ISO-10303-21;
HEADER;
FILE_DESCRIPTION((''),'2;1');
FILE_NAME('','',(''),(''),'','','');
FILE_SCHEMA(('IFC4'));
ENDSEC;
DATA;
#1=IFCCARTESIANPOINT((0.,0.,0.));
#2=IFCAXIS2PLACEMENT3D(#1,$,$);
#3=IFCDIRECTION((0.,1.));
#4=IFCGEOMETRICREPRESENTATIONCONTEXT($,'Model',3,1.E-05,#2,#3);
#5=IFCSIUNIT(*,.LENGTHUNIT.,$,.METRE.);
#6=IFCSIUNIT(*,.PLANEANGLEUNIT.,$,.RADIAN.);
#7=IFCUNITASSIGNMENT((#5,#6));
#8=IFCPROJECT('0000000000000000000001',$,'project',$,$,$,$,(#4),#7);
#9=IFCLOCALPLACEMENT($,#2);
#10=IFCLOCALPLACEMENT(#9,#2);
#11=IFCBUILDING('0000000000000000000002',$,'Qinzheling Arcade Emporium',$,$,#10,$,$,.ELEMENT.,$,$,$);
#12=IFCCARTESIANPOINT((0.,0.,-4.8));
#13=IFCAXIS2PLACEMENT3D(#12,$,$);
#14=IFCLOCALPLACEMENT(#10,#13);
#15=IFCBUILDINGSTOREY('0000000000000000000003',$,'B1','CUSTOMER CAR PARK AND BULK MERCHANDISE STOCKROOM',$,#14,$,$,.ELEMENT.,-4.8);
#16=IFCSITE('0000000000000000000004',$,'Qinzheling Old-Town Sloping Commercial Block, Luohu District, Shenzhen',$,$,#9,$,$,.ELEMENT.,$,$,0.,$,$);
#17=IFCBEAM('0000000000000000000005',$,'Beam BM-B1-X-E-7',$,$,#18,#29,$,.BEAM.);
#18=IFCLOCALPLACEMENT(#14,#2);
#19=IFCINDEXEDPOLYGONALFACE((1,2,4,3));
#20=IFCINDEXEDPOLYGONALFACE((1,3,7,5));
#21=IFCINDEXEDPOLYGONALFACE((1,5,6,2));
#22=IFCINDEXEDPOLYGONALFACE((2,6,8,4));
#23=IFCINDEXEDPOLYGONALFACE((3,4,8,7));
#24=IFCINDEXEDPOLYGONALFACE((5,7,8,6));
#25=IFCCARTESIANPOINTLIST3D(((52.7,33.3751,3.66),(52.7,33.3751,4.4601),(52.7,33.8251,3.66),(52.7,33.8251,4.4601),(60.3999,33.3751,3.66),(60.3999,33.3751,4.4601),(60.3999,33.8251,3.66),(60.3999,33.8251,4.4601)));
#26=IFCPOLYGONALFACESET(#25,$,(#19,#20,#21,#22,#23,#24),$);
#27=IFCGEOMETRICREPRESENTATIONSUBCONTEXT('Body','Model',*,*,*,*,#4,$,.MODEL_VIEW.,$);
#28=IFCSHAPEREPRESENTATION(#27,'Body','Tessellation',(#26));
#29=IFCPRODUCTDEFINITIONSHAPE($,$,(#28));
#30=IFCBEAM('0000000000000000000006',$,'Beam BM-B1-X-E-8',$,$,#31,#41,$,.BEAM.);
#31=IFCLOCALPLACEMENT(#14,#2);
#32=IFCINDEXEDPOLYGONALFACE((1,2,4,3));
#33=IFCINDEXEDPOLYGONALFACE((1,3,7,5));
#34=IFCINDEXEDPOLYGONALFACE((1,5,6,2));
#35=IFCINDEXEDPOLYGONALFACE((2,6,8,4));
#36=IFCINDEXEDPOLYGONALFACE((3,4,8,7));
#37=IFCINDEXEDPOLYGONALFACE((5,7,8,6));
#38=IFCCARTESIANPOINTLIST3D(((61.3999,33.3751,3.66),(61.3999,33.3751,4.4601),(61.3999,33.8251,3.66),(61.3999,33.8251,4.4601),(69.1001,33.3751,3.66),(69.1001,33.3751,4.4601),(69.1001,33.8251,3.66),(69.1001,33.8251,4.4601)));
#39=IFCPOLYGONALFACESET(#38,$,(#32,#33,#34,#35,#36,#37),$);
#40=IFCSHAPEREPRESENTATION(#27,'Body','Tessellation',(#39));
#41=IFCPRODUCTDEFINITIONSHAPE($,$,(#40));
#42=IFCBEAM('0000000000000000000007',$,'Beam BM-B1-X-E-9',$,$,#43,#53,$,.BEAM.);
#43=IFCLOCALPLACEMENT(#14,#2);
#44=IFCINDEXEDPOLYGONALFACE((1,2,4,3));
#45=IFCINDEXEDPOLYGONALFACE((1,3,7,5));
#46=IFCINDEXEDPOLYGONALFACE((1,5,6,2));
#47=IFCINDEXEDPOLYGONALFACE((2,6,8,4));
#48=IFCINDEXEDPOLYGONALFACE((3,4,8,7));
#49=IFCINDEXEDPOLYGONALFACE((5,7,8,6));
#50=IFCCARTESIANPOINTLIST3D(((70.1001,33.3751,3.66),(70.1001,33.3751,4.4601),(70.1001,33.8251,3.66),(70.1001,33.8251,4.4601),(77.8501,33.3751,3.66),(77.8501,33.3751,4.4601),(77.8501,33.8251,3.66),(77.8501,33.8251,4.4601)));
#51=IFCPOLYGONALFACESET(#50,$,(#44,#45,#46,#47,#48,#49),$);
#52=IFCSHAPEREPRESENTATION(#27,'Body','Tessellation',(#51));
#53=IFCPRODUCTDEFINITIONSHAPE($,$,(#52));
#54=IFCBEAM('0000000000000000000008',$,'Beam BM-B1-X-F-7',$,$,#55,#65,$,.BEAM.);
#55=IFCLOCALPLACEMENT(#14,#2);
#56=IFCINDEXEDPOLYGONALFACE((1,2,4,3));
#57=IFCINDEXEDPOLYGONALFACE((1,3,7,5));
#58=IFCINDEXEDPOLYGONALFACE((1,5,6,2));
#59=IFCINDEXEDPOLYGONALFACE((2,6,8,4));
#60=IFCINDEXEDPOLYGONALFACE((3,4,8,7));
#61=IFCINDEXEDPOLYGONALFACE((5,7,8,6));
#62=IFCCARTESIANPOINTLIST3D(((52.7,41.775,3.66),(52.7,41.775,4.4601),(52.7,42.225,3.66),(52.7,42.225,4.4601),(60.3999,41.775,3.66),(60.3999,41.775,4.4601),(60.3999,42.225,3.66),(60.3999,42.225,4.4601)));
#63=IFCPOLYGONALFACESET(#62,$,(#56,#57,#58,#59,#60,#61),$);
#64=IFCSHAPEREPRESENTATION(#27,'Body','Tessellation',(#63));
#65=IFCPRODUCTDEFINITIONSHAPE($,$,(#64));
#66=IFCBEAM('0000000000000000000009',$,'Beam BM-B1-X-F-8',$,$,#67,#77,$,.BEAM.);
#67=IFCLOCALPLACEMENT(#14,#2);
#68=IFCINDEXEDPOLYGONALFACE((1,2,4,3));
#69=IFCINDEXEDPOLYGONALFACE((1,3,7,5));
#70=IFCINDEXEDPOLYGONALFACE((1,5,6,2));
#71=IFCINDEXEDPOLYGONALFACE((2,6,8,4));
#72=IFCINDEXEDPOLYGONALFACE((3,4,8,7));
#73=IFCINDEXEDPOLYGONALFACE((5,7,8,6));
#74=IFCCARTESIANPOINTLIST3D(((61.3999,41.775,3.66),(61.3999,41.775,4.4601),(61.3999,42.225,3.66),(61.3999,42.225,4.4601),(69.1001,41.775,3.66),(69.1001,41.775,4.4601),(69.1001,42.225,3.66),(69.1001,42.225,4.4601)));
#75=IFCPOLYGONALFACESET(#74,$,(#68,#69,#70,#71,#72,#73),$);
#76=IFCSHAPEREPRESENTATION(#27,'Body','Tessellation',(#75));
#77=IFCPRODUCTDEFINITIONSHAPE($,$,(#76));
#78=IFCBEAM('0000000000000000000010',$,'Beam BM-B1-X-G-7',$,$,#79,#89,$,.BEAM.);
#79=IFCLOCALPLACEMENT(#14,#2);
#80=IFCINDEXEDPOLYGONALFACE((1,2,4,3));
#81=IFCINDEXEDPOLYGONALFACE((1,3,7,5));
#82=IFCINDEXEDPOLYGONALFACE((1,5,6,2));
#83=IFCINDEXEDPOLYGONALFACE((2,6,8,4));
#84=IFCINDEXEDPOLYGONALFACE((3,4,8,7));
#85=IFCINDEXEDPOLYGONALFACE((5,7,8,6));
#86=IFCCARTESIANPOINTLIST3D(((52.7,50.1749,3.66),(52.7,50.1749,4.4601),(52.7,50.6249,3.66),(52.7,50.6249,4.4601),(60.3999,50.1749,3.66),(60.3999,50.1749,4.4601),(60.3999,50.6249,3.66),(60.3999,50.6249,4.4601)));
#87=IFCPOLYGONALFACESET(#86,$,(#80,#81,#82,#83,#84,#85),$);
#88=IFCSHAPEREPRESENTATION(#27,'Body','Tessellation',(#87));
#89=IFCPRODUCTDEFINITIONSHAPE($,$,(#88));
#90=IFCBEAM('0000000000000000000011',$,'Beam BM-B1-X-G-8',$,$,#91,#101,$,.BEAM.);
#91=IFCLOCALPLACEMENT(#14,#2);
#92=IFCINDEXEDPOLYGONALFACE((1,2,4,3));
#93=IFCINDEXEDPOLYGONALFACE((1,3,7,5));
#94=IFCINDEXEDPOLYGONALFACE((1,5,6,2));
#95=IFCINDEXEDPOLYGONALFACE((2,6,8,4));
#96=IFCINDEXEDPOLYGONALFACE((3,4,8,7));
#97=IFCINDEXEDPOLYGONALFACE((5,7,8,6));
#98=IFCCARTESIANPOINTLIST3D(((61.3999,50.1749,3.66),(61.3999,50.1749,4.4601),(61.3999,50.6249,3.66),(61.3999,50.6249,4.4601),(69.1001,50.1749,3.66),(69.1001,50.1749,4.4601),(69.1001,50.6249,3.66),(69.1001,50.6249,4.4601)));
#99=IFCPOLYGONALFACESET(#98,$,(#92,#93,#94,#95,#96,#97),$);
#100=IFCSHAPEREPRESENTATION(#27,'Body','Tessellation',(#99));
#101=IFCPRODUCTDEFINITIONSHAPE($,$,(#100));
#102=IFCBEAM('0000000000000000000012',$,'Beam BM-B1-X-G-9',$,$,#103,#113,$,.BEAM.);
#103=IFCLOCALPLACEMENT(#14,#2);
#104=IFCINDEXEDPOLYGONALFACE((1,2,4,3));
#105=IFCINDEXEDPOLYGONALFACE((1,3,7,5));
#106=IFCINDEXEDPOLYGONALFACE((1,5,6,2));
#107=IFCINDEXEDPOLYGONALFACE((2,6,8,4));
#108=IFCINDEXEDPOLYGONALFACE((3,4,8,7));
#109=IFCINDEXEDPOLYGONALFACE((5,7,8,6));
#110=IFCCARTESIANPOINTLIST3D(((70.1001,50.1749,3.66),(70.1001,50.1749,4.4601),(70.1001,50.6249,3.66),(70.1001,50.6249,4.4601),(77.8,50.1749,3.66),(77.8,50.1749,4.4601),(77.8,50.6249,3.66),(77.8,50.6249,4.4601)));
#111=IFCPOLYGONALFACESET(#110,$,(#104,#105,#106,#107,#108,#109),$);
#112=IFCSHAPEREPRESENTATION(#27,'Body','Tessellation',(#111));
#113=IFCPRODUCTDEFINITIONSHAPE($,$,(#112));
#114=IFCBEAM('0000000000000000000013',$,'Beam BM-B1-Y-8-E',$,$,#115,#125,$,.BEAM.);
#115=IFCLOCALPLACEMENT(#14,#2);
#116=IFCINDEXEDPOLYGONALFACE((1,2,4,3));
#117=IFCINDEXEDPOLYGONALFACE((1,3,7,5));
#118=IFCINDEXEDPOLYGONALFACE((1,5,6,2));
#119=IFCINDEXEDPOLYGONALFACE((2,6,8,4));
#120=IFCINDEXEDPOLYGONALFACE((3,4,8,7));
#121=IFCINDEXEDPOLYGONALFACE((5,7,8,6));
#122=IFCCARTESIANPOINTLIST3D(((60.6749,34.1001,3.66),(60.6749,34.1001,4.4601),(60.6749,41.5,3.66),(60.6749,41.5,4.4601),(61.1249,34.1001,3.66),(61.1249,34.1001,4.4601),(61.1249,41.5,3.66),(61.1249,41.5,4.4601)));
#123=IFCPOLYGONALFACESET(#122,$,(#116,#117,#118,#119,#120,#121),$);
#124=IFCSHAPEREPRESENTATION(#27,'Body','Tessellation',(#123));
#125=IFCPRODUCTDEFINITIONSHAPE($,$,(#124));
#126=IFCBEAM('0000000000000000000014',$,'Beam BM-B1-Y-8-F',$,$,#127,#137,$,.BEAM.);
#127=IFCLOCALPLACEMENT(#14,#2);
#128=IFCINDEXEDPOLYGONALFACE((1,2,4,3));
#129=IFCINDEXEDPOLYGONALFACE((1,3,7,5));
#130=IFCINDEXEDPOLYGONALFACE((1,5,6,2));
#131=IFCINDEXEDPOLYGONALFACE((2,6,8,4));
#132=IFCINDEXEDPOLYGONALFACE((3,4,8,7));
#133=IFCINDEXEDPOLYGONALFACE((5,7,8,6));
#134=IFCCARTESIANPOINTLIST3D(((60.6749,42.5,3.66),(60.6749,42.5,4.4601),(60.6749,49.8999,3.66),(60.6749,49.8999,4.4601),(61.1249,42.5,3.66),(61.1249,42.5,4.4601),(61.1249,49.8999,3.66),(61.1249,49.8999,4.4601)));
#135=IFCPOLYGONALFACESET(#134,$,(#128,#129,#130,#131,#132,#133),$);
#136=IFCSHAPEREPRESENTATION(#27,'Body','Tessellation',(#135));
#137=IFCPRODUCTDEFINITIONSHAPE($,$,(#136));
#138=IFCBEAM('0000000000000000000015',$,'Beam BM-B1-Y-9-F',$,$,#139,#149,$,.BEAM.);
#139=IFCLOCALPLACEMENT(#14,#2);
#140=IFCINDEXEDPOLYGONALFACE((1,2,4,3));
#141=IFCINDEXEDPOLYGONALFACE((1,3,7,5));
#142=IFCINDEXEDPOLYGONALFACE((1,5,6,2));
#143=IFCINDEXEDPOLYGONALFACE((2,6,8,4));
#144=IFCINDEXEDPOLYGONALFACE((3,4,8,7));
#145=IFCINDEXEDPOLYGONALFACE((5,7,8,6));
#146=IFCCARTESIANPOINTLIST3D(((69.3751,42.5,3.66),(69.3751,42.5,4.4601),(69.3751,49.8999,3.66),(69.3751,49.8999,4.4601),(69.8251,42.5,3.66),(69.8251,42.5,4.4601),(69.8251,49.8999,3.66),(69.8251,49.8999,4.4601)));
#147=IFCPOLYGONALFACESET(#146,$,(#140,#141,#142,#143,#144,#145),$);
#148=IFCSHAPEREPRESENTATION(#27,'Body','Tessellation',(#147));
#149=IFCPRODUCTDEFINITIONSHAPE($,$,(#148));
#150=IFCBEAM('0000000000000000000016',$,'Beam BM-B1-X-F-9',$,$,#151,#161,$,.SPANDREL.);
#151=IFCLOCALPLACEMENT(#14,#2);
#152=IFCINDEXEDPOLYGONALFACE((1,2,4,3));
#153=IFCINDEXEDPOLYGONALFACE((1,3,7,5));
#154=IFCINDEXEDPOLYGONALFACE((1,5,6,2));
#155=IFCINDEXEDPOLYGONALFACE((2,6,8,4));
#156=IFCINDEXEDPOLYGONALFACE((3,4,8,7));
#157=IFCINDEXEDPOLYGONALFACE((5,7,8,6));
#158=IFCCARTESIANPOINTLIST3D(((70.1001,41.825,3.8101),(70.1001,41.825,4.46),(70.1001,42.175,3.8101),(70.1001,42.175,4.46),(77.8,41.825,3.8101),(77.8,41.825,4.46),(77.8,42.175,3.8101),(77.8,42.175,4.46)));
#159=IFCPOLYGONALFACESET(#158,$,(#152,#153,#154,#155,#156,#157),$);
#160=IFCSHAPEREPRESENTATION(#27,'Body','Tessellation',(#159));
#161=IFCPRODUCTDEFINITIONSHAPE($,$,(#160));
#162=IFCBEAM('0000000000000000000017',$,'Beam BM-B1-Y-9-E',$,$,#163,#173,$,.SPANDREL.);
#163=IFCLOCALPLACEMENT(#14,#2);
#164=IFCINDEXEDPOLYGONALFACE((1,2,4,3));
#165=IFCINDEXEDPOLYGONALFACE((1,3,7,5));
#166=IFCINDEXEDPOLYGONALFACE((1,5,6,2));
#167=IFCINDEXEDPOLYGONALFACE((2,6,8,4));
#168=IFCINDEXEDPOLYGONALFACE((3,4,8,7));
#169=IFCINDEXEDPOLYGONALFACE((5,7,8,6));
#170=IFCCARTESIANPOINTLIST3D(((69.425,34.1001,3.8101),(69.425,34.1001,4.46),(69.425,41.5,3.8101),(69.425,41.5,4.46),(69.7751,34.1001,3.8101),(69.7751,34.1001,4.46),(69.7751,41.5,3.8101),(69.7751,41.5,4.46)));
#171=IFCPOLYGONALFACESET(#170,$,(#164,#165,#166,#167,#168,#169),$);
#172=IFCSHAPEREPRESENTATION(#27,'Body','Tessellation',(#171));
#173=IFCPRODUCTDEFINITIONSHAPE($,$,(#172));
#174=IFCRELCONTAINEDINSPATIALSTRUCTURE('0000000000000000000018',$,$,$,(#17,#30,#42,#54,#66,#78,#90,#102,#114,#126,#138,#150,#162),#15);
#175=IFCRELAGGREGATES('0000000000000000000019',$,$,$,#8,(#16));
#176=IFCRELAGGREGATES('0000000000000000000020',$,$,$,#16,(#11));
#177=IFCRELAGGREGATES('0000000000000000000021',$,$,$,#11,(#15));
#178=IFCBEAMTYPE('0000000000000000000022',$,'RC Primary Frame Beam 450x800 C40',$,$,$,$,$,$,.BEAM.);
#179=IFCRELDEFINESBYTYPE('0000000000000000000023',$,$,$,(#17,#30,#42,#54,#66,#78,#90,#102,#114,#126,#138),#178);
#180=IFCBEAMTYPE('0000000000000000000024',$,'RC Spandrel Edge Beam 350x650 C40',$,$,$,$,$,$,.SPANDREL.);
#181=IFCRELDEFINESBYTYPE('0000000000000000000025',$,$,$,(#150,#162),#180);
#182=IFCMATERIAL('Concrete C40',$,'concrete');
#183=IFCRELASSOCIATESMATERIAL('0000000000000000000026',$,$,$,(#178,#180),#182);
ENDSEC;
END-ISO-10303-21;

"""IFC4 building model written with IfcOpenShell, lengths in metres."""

from ifc_helpers import new_model, si_unit, direction, frame, origin, origin_2d, place, context, subcontext, project, spatial, rectangle, extrude, material, material_profile, profile_set, type_object, element, save


model = new_model("IFC4")

# Units and contexts
model_context = context("Model", 3, precision=1e-05, world=origin(), true_north=direction((0.0, 1.0)))
body_context = subcontext(model_context, "Body", "Model", "MODEL_VIEW")
ifc_project = project(units=[si_unit("LENGTHUNIT", "METRE"), si_unit("PLANEANGLEUNIT", "RADIAN")], contexts=[model_context])

# Site, building, storey
site_placement = place(None, origin())
site = spatial("IfcSite", under=ifc_project, at=site_placement, Name="Qinzheling Old-Town Sloping Commercial Block, Luohu District, Shenzhen", CompositionType="ELEMENT", RefElevation=0.0)
building_placement = place(site_placement, origin())
building = spatial("IfcBuilding", under=site, at=building_placement, Name="Qinzheling Arcade Emporium", CompositionType="ELEMENT")
storey_placement = place(building_placement, frame((0.0, 0.0, -4.8)))
storey = spatial("IfcBuildingStorey", under=building, at=storey_placement, Name="B1", Description="CUSTOMER CAR PARK AND BULK MERCHANDISE STOCKROOM", CompositionType="ELEMENT", Elevation=-4.8)

# Beams
ifc_material_1 = material(Name="Concrete C40", Category="concrete")
ifc_material_profile_1 = material_profile(ifc_material_1, rectangle(XDim=0.45, YDim=0.8, at=origin_2d()), Name="RC 450x800", Category="concrete")
ifc_profile_set_1 = profile_set([ifc_material_profile_1], Name="Concrete C40")
beam_type_1 = type_object("IfcBeamType", Name="RC Primary Frame Beam 450x800 C40", PredefinedType="BEAM", material=ifc_profile_set_1)
beam_1_placement = place(storey_placement, frame((52.7, 33.6001, 4.0601), z_axis=(1.0, 0.0, 0.0), x_axis=(0.0, 1.0, 0.0)))
element("IfcBeam", 1, at=beam_1_placement, inside=storey, type_object=beam_type_1, Name="Beam BM-B1-X-E-7", PredefinedType="BEAM", context=body_context, shape_type="SweptSolid", body=[
    extrude(rectangle(XDim=0.45, YDim=0.8, at=origin_2d()), origin(), (0.0, 0.0, 1.0), 7.7),
])
beam_2_placement = place(storey_placement, frame((61.3999, 33.6001, 4.0601), z_axis=(1.0, 0.0, 0.0), x_axis=(0.0, 1.0, 0.0)))
element("IfcBeam", 2, at=beam_2_placement, inside=storey, type_object=beam_type_1, Name="Beam BM-B1-X-E-8", PredefinedType="BEAM", context=body_context, shape_type="SweptSolid", body=[
    extrude(rectangle(XDim=0.45, YDim=0.8, at=origin_2d()), origin(), (0.0, 0.0, 1.0), 7.7002),
])
beam_3_placement = place(storey_placement, frame((70.1001, 33.6001, 4.0601), z_axis=(1.0, 0.0, 0.0), x_axis=(0.0, 1.0, 0.0)))
element("IfcBeam", 3, at=beam_3_placement, inside=storey, type_object=beam_type_1, Name="Beam BM-B1-X-E-9", PredefinedType="BEAM", context=body_context, shape_type="SweptSolid", body=[
    extrude(rectangle(XDim=0.45, YDim=0.8, at=origin_2d()), origin(), (0.0, 0.0, 1.0), 7.75),
])
beam_4_placement = place(storey_placement, frame((52.7, 42.0, 4.0601), z_axis=(1.0, 0.0, 0.0), x_axis=(0.0, 1.0, 0.0)))
element("IfcBeam", 4, at=beam_4_placement, inside=storey, type_object=beam_type_1, Name="Beam BM-B1-X-F-7", PredefinedType="BEAM", context=body_context, shape_type="SweptSolid", body=[
    extrude(rectangle(XDim=0.45, YDim=0.8, at=origin_2d()), origin(), (0.0, 0.0, 1.0), 7.7),
])
beam_5_placement = place(storey_placement, frame((61.3999, 42.0, 4.0601), z_axis=(1.0, 0.0, 0.0), x_axis=(0.0, 1.0, 0.0)))
element("IfcBeam", 5, at=beam_5_placement, inside=storey, type_object=beam_type_1, Name="Beam BM-B1-X-F-8", PredefinedType="BEAM", context=body_context, shape_type="SweptSolid", body=[
    extrude(rectangle(XDim=0.45, YDim=0.8, at=origin_2d()), origin(), (0.0, 0.0, 1.0), 7.7002),
])
beam_6_placement = place(storey_placement, frame((52.7, 50.3999, 4.0601), z_axis=(1.0, 0.0, 0.0), x_axis=(0.0, 1.0, 0.0)))
element("IfcBeam", 6, at=beam_6_placement, inside=storey, type_object=beam_type_1, Name="Beam BM-B1-X-G-7", PredefinedType="BEAM", context=body_context, shape_type="SweptSolid", body=[
    extrude(rectangle(XDim=0.45, YDim=0.8, at=origin_2d()), origin(), (0.0, 0.0, 1.0), 7.7),
])
beam_7_placement = place(storey_placement, frame((61.3999, 50.3999, 4.0601), z_axis=(1.0, 0.0, 0.0), x_axis=(0.0, 1.0, 0.0)))
element("IfcBeam", 7, at=beam_7_placement, inside=storey, type_object=beam_type_1, Name="Beam BM-B1-X-G-8", PredefinedType="BEAM", context=body_context, shape_type="SweptSolid", body=[
    extrude(rectangle(XDim=0.45, YDim=0.8, at=origin_2d()), origin(), (0.0, 0.0, 1.0), 7.7002),
])
beam_8_placement = place(storey_placement, frame((70.1001, 50.3999, 4.0601), z_axis=(1.0, 0.0, 0.0), x_axis=(0.0, 1.0, 0.0)))
element("IfcBeam", 8, at=beam_8_placement, inside=storey, type_object=beam_type_1, Name="Beam BM-B1-X-G-9", PredefinedType="BEAM", context=body_context, shape_type="SweptSolid", body=[
    extrude(rectangle(XDim=0.45, YDim=0.8, at=origin_2d()), origin(), (0.0, 0.0, 1.0), 7.7),
])
for number, where, z_axis, x_axis, name in (
    (9, (60.8999, 34.1001, 4.0601), (0.0, 1.0, 0.0), (-1.0, 0.0, 0.0), "Beam BM-B1-Y-8-E"),
    (10, (60.8999, 42.5, 4.0601), (0.0, 1.0, 0.0), (-1.0, 0.0, 0.0), "Beam BM-B1-Y-8-F"),
    (11, (69.6001, 42.5, 4.0601), (0.0, 1.0, 0.0), (-1.0, 0.0, 0.0), "Beam BM-B1-Y-9-F"),
):
    element("IfcBeam", number, at=place(storey_placement, frame(where, z_axis=z_axis, x_axis=x_axis)), inside=storey, type_object=beam_type_1, Name=name, PredefinedType="BEAM", context=body_context, shape_type="SweptSolid", body=[
        extrude(rectangle(XDim=0.45, YDim=0.8, at=origin_2d()), origin(), (0.0, 0.0, 1.0), 7.3999),
    ])
ifc_material_profile_2 = material_profile(ifc_material_1, rectangle(XDim=0.3501, YDim=0.6499, at=origin_2d()), Name="RC 350x650", Category="concrete")
ifc_profile_set_2 = profile_set([ifc_material_profile_2], Name="Concrete C40")
beam_type_2 = type_object("IfcBeamType", Name="RC Spandrel Edge Beam 350x650 C40", PredefinedType="SPANDREL", material=ifc_profile_set_2)
beam_9_placement = place(storey_placement, frame((70.1001, 42.0, 4.135), z_axis=(1.0, 0.0, 0.0), x_axis=(0.0, 1.0, 0.0)))
element("IfcBeam", 12, at=beam_9_placement, inside=storey, type_object=beam_type_2, Name="Beam BM-B1-X-F-9", PredefinedType="SPANDREL", context=body_context, shape_type="SweptSolid", body=[
    extrude(rectangle(XDim=0.3501, YDim=0.6499, at=origin_2d()), origin(), (0.0, 0.0, 1.0), 7.7),
])
beam_10_placement = place(storey_placement, frame((69.6001, 34.1001, 4.135), z_axis=(0.0, 1.0, 0.0), x_axis=(-1.0, 0.0, 0.0)))
element("IfcBeam", 13, at=beam_10_placement, inside=storey, type_object=beam_type_2, Name="Beam BM-B1-Y-9-E", PredefinedType="SPANDREL", context=body_context, shape_type="SweptSolid", body=[
    extrude(rectangle(XDim=0.3501, YDim=0.6499, at=origin_2d()), origin(), (0.0, 0.0, 1.0), 7.3999),
])

save(model, "model.ifc")
